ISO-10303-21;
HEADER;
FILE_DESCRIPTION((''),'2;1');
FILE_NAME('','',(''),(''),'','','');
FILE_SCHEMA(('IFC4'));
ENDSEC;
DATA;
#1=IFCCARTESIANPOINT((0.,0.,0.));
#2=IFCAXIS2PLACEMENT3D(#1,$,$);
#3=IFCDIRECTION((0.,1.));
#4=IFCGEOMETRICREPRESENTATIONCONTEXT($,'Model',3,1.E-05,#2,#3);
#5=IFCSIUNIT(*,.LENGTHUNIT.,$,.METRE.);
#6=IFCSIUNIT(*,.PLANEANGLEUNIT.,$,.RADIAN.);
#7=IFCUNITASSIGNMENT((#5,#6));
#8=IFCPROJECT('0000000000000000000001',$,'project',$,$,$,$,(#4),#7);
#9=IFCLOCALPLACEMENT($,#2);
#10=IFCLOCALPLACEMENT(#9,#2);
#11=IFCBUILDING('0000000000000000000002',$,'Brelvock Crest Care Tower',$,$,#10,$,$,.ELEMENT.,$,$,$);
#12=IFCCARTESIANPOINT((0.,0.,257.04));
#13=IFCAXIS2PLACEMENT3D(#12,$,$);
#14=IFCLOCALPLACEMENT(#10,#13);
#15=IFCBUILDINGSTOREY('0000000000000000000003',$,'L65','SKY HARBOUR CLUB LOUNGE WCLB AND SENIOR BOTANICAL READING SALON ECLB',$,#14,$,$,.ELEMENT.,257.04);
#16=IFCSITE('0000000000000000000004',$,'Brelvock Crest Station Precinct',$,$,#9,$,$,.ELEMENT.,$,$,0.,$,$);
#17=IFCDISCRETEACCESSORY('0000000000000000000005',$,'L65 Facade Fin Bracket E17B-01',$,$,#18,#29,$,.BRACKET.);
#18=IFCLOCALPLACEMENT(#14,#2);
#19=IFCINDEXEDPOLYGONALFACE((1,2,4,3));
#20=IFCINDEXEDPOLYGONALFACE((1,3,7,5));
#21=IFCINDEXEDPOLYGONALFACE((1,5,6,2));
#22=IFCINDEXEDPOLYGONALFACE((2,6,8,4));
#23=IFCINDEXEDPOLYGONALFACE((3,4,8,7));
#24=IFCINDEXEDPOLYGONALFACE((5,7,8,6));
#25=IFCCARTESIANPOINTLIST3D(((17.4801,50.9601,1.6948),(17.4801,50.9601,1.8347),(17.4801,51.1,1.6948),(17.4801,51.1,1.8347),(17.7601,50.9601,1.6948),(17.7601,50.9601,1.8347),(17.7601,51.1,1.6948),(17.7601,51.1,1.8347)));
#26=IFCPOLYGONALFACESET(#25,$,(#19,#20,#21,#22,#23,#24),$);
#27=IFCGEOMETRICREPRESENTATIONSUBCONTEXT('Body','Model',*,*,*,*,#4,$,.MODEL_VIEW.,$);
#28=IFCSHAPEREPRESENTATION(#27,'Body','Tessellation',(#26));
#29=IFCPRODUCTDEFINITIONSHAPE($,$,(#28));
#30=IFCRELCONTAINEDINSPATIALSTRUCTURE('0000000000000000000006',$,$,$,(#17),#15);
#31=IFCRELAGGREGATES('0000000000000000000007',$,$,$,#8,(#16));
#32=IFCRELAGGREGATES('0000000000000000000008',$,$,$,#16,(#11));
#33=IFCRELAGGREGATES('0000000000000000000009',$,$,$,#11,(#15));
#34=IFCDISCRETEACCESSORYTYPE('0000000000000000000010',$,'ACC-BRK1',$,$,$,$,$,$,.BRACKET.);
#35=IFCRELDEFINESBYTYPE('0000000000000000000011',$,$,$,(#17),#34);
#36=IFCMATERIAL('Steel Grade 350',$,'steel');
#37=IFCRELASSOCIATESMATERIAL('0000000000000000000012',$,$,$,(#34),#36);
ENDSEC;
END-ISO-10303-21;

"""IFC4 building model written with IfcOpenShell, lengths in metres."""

from ifc_helpers import new_model, si_unit, direction, frame, origin, origin_2d, place, context, subcontext, project, spatial, rectangle, extrude, source, transform, mapped, material, type_object, element, save


model = new_model("IFC4")

# Units and contexts
model_context = context("Model", 3, precision=1e-05, world=origin(), true_north=direction((0.0, 1.0)))
body_context = subcontext(model_context, "Body", "Model", "MODEL_VIEW")
ifc_project = project(units=[si_unit("LENGTHUNIT", "METRE"), si_unit("PLANEANGLEUNIT", "RADIAN")], contexts=[model_context])

# Site, building, storey
site_placement = place(None, origin())
site = spatial("IfcSite", under=ifc_project, at=site_placement, Name="Brelvock Crest Station Precinct", CompositionType="ELEMENT", RefElevation=0.0)
building_placement = place(site_placement, origin())
building = spatial("IfcBuilding", under=site, at=building_placement, Name="Brelvock Crest Care Tower", CompositionType="ELEMENT")
storey_placement = place(building_placement, frame((0.0, 0.0, 257.04)))
storey = spatial("IfcBuildingStorey", under=building, at=storey_placement, Name="L65", Description="SKY HARBOUR CLUB LOUNGE WCLB AND SENIOR BOTANICAL READING SALON ECLB", CompositionType="ELEMENT", Elevation=257.04)

# Shared definitions
ifc_material_1 = material(Name="Steel Grade 350", Category="steel")

# Discrete accessory
discrete_accessory_type = type_object("IfcDiscreteAccessoryType", Name="ACC-BRK1", PredefinedType="BRACKET", material=ifc_material_1)
shared_shape_1 = source(origin(), body_context, "Body", "SweptSolid", [
    extrude(rectangle(XDim=0.28, YDim=0.1399, at=origin_2d()), origin(), (0.0, 0.0, 1.0), 0.1399),
])
for number, where, z_axis, x_axis, name in (
    (1, (17.6201, 51.03, 1.6948), (0.0, 0.0, 1.0), (-1.0, 0.0, 0.0), "L65 Facade Fin Bracket E17B-01"),
):
    element("IfcDiscreteAccessory", number, at=place(storey_placement, frame(where, z_axis=z_axis, x_axis=x_axis)), inside=storey, type_object=discrete_accessory_type, Name=name, PredefinedType="BRACKET", context=body_context, shape_type="MappedRepresentation", body=[
        mapped(shared_shape_1, transform((0.0, 0.0, 0.0), x_axis=(1.0, 0.0, 0.0), y_axis=(0.0, 1.0, 0.0), z_axis=(0.0, 0.0, 1.0), scale=1.0)),
    ])

save(model, "model.ifc")
